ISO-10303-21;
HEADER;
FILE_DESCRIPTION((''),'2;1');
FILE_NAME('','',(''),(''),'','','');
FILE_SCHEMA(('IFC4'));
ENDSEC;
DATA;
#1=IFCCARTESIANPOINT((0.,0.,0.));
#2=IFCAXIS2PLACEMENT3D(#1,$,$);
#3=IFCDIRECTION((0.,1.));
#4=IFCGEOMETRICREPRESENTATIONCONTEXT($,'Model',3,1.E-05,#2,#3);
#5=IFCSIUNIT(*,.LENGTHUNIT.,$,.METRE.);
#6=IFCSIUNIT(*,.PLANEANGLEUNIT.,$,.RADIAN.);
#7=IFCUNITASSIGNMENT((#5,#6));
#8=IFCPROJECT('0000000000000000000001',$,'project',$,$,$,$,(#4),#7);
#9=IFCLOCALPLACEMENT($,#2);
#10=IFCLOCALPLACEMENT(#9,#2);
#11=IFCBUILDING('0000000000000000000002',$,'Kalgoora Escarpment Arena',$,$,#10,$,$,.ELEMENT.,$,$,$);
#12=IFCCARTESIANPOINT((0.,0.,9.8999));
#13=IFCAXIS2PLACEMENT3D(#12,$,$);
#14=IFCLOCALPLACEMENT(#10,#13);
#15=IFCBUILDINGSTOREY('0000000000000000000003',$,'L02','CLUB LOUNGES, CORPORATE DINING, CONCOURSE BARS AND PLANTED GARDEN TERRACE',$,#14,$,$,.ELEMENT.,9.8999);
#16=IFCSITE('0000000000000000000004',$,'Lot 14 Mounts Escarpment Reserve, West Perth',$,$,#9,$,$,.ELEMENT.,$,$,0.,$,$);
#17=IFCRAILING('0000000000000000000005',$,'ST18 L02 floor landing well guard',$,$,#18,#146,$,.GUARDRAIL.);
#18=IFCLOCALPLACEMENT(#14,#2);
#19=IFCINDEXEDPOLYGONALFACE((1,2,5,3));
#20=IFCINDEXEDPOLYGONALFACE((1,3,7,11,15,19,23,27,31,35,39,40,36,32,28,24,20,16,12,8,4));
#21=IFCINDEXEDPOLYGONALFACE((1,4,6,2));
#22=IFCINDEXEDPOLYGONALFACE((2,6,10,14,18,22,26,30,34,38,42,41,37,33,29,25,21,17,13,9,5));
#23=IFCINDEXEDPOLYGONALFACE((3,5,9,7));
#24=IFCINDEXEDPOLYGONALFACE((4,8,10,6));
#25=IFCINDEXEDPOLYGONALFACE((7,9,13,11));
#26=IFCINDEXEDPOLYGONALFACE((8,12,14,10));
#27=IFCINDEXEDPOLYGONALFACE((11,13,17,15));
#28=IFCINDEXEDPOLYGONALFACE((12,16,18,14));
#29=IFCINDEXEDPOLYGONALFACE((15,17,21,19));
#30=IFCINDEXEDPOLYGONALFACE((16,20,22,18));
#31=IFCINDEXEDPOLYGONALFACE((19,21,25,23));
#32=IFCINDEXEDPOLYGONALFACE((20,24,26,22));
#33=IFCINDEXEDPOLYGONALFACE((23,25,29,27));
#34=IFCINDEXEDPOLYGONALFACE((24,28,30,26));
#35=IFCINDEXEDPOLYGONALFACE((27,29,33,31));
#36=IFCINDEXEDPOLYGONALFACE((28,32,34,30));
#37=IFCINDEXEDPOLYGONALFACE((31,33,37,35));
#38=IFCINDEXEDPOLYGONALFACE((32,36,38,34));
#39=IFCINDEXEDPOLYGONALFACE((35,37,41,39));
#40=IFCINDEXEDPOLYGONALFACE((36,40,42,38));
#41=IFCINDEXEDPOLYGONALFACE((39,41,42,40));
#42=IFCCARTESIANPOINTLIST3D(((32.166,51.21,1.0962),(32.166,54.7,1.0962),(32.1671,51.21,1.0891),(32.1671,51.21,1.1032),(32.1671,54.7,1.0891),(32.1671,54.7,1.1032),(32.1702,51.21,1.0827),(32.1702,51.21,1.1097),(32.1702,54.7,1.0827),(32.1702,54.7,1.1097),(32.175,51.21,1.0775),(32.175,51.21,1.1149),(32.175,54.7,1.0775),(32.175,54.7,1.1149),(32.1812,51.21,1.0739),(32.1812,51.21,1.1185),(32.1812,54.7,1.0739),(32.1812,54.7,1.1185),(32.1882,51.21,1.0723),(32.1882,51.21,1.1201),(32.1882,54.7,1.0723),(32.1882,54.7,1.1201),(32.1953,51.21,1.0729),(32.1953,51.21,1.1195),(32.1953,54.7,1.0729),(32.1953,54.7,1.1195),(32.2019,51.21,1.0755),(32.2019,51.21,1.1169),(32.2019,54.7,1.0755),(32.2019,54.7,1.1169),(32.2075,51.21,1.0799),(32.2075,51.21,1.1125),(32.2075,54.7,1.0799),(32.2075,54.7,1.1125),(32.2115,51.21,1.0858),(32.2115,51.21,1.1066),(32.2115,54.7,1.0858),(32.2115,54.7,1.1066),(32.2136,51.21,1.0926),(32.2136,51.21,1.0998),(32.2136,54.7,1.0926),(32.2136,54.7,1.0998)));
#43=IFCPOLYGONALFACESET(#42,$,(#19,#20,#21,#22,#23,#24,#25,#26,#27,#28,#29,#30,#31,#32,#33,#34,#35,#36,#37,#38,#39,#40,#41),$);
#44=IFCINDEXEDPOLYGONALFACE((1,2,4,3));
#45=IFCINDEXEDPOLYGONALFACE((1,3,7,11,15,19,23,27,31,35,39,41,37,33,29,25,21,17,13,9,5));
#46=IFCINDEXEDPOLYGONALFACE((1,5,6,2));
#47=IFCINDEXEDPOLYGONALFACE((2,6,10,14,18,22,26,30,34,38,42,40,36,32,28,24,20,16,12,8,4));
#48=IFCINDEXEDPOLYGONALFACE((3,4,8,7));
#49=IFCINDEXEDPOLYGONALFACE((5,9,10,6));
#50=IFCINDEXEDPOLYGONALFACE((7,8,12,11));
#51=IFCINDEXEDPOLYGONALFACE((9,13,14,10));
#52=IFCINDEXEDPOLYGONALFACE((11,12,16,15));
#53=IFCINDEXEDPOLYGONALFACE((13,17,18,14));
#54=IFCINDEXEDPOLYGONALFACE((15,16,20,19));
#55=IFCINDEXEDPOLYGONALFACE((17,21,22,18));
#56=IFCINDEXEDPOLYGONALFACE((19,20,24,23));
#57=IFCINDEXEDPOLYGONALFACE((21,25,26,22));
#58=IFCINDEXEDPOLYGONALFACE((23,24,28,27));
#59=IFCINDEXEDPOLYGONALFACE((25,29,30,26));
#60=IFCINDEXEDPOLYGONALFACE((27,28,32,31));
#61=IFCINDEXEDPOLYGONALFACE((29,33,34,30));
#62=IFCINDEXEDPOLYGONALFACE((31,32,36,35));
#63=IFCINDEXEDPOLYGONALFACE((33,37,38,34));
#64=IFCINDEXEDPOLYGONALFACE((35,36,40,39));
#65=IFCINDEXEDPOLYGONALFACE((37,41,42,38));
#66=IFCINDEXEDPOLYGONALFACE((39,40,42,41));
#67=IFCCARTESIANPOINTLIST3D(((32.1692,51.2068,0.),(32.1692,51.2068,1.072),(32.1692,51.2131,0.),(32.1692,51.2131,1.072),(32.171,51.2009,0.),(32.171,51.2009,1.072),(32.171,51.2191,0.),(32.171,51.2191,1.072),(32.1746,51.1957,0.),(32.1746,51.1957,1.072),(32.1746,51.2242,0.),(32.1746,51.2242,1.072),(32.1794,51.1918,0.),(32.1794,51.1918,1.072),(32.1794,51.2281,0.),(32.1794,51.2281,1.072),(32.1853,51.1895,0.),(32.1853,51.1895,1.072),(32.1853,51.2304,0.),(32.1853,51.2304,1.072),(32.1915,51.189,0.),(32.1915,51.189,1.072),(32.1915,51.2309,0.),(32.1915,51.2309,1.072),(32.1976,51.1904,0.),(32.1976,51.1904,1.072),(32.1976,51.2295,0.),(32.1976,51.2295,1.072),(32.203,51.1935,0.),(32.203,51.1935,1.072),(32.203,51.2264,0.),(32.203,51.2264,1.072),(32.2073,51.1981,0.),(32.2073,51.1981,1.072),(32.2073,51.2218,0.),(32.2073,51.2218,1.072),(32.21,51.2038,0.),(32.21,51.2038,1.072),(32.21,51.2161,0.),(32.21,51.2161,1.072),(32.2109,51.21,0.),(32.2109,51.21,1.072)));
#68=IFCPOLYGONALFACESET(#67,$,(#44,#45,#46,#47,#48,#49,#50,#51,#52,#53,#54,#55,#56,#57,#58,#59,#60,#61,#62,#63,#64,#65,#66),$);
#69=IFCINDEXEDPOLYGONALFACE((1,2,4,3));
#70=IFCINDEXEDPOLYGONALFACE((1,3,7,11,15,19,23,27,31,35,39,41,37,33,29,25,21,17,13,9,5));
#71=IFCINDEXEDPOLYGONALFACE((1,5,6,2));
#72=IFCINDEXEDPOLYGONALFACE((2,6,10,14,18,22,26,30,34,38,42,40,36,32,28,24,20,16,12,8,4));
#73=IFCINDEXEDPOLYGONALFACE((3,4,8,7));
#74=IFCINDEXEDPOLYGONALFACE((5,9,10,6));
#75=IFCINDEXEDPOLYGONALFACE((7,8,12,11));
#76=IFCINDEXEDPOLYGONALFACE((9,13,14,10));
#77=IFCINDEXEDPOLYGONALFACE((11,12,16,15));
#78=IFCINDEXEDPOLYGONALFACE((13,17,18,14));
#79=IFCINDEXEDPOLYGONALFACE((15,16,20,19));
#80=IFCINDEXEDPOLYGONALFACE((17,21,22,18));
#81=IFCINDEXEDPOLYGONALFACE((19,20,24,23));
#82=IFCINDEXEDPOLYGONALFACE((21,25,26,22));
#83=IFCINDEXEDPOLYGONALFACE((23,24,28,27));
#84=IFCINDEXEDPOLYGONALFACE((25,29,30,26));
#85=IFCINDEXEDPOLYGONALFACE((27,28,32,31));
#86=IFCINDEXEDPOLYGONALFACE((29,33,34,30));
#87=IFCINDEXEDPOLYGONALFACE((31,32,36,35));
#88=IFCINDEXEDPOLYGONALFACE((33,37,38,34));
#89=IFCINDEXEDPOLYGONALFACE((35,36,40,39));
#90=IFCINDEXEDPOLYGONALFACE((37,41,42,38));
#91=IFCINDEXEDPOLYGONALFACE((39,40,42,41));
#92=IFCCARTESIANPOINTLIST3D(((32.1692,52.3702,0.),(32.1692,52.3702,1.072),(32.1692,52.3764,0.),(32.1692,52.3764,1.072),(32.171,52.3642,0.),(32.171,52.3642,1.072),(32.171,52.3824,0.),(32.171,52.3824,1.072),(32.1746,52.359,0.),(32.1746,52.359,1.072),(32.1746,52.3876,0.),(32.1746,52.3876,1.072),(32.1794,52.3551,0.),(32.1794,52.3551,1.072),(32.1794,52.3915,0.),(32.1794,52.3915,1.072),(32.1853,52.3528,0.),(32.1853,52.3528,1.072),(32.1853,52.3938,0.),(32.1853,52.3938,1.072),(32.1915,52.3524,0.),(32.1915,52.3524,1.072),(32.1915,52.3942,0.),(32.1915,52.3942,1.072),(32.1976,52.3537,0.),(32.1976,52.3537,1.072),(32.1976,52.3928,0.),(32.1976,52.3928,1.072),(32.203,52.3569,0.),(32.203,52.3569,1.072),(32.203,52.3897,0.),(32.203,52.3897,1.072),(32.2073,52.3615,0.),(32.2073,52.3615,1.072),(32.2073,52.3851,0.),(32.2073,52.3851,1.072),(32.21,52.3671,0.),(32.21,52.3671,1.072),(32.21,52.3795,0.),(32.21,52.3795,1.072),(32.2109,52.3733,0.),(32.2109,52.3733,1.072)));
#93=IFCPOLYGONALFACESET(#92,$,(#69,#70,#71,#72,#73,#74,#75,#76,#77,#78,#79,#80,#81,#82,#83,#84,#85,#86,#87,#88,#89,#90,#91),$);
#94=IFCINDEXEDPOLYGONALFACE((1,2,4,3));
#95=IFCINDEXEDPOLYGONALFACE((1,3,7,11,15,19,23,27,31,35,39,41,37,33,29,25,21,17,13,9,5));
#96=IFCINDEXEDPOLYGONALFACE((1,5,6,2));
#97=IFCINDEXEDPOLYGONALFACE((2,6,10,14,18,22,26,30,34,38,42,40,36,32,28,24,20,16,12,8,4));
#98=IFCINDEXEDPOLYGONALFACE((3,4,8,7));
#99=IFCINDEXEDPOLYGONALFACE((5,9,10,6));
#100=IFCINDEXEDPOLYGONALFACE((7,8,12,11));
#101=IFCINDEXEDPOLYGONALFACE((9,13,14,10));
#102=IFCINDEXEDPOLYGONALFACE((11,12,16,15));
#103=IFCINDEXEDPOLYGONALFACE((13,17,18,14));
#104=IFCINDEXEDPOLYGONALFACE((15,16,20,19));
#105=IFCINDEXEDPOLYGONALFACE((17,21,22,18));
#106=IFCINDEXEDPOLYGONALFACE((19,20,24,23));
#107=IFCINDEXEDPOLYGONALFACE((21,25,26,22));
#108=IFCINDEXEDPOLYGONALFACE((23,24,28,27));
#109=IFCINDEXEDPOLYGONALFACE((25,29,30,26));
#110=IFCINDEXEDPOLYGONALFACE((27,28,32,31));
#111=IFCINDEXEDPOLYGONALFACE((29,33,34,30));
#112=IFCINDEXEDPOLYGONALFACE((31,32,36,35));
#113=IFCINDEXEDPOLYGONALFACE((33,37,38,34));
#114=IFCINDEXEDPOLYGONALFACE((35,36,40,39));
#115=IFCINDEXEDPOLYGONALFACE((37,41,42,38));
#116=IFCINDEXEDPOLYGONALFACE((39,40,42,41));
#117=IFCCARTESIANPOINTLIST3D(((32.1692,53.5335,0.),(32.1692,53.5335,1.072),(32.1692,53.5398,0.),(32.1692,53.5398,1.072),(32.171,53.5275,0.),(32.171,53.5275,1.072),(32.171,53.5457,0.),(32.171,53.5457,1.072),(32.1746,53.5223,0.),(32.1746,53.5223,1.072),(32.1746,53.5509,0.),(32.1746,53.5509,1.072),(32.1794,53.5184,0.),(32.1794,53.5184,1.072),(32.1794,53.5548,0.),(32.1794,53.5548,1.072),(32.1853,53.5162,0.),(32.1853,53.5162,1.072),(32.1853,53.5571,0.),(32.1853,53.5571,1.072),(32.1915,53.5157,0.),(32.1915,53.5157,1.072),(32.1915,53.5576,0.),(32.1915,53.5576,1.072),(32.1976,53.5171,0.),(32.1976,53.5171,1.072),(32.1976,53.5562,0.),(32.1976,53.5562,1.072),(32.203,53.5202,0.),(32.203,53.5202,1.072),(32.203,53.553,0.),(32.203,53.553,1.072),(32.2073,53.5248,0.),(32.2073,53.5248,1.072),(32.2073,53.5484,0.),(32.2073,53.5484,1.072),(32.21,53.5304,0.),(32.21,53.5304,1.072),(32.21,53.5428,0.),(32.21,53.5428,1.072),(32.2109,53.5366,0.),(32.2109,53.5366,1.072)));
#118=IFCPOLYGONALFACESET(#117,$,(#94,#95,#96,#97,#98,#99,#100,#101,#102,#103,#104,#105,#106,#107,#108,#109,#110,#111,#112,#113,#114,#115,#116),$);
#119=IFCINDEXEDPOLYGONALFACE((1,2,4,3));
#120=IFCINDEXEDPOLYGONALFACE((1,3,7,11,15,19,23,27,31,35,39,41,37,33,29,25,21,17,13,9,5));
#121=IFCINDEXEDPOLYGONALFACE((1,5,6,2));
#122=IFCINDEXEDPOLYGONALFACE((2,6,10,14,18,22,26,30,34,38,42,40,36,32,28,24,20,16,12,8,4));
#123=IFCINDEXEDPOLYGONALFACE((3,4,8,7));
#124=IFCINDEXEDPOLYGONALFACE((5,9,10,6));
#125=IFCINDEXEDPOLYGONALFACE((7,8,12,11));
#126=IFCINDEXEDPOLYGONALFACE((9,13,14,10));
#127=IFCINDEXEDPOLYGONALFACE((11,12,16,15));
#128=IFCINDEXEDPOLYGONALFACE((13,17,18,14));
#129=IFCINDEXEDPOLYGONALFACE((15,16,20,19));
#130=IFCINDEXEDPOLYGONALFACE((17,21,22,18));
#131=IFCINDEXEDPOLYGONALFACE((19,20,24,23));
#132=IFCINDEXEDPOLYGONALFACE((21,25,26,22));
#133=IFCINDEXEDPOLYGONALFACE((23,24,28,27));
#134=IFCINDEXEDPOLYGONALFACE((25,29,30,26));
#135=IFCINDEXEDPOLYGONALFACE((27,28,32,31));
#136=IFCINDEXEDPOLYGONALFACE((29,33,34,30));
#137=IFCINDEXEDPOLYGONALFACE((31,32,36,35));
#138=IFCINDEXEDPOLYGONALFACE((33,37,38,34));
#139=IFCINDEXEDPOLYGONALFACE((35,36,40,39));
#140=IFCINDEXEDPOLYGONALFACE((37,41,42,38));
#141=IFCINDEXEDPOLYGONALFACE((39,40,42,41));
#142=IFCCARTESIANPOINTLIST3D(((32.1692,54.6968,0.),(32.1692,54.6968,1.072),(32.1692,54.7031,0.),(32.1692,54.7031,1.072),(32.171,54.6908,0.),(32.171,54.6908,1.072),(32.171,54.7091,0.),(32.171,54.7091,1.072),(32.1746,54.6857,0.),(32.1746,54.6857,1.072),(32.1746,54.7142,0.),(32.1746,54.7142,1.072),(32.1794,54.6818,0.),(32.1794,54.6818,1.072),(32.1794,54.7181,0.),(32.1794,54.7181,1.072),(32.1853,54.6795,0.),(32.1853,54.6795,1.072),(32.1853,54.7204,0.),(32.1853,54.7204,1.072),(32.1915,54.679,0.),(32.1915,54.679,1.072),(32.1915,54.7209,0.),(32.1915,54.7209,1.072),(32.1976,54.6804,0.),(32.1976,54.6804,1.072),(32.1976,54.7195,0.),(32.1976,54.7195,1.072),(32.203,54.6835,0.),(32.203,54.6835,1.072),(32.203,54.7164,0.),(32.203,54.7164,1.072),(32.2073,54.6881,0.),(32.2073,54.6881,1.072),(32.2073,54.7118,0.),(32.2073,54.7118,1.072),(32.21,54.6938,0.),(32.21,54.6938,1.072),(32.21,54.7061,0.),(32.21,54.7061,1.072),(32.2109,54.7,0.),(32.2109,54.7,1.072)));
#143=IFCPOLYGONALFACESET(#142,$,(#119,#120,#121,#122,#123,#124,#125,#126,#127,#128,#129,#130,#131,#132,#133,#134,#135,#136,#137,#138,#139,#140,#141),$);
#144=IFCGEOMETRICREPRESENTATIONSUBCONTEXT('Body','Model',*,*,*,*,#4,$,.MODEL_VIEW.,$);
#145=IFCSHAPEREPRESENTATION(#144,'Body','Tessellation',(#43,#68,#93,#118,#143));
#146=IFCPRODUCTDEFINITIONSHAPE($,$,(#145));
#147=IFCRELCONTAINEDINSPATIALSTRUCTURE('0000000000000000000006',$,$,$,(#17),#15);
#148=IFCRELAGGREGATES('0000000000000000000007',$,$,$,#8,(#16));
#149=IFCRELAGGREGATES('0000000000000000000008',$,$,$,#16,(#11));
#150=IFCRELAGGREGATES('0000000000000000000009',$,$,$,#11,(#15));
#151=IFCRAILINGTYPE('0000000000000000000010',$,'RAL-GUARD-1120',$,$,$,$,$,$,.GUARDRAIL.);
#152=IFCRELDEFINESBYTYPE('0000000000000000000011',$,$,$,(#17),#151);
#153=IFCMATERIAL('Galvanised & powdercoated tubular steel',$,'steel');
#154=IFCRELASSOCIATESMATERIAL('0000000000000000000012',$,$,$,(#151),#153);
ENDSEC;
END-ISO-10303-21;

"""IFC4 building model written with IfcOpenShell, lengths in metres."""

from ifc_helpers import new_model, si_unit, direction, frame, origin, origin_2d, place, context, subcontext, project, spatial, circle, extrude, material, type_object, element, save


model = new_model("IFC4")

# Units and contexts
model_context = context("Model", 3, precision=1e-05, world=origin(), true_north=direction((0.0, 1.0)))
body_context = subcontext(model_context, "Body", "Model", "MODEL_VIEW")
ifc_project = project(units=[si_unit("LENGTHUNIT", "METRE"), si_unit("PLANEANGLEUNIT", "RADIAN")], contexts=[model_context])

# Site, building, storey
site_placement = place(None, origin())
site = spatial("IfcSite", under=ifc_project, at=site_placement, Name="Lot 14 Mounts Escarpment Reserve, West Perth", CompositionType="ELEMENT", RefElevation=0.0)
building_placement = place(site_placement, origin())
building = spatial("IfcBuilding", under=site, at=building_placement, Name="Kalgoora Escarpment Arena", CompositionType="ELEMENT")
storey_placement = place(building_placement, frame((0.0, 0.0, 9.8999)))
storey = spatial("IfcBuildingStorey", under=building, at=storey_placement, Name="L02", Description="CLUB LOUNGES, CORPORATE DINING, CONCOURSE BARS AND PLANTED GARDEN TERRACE", CompositionType="ELEMENT", Elevation=9.8999)

# Railing
ifc_material_1 = material(Name="Galvanised & powdercoated tubular steel", Category="steel")
railing_type_1 = type_object("IfcRailingType", Name="RAL-GUARD-1120", PredefinedType="GUARDRAIL", material=ifc_material_1)
railing_1_placement = place(storey_placement, frame((32.1899, 51.21, 0.0)))
element("IfcRailing", 1, at=railing_1_placement, inside=storey, type_object=railing_type_1, Name="ST18 L02 floor landing well guard", PredefinedType="GUARDRAIL", context=body_context, shape_type="SweptSolid", body=[
    extrude(circle(Radius=0.0239, at=origin_2d()), frame((0.0, 0.0, 1.0962), z_axis=(0.0, 1.0, 0.0), x_axis=(-1.0, 0.0, 0.0)), (0.0, 0.0, 1.0), 3.49),
    extrude(circle(Radius=0.021, at=origin_2d()), origin(), (0.0, 0.0, 1.0), 1.072),
    extrude(circle(Radius=0.021, at=origin_2d()), frame((0.0, 1.1633, 0.0)), (0.0, 0.0, 1.0), 1.072),
    extrude(circle(Radius=0.021, at=origin_2d()), frame((0.0, 2.3267, 0.0)), (0.0, 0.0, 1.0), 1.072),
    extrude(circle(Radius=0.021, at=origin_2d()), frame((0.0, 3.49, 0.0)), (0.0, 0.0, 1.0), 1.072),
])

save(model, "model.ifc")
